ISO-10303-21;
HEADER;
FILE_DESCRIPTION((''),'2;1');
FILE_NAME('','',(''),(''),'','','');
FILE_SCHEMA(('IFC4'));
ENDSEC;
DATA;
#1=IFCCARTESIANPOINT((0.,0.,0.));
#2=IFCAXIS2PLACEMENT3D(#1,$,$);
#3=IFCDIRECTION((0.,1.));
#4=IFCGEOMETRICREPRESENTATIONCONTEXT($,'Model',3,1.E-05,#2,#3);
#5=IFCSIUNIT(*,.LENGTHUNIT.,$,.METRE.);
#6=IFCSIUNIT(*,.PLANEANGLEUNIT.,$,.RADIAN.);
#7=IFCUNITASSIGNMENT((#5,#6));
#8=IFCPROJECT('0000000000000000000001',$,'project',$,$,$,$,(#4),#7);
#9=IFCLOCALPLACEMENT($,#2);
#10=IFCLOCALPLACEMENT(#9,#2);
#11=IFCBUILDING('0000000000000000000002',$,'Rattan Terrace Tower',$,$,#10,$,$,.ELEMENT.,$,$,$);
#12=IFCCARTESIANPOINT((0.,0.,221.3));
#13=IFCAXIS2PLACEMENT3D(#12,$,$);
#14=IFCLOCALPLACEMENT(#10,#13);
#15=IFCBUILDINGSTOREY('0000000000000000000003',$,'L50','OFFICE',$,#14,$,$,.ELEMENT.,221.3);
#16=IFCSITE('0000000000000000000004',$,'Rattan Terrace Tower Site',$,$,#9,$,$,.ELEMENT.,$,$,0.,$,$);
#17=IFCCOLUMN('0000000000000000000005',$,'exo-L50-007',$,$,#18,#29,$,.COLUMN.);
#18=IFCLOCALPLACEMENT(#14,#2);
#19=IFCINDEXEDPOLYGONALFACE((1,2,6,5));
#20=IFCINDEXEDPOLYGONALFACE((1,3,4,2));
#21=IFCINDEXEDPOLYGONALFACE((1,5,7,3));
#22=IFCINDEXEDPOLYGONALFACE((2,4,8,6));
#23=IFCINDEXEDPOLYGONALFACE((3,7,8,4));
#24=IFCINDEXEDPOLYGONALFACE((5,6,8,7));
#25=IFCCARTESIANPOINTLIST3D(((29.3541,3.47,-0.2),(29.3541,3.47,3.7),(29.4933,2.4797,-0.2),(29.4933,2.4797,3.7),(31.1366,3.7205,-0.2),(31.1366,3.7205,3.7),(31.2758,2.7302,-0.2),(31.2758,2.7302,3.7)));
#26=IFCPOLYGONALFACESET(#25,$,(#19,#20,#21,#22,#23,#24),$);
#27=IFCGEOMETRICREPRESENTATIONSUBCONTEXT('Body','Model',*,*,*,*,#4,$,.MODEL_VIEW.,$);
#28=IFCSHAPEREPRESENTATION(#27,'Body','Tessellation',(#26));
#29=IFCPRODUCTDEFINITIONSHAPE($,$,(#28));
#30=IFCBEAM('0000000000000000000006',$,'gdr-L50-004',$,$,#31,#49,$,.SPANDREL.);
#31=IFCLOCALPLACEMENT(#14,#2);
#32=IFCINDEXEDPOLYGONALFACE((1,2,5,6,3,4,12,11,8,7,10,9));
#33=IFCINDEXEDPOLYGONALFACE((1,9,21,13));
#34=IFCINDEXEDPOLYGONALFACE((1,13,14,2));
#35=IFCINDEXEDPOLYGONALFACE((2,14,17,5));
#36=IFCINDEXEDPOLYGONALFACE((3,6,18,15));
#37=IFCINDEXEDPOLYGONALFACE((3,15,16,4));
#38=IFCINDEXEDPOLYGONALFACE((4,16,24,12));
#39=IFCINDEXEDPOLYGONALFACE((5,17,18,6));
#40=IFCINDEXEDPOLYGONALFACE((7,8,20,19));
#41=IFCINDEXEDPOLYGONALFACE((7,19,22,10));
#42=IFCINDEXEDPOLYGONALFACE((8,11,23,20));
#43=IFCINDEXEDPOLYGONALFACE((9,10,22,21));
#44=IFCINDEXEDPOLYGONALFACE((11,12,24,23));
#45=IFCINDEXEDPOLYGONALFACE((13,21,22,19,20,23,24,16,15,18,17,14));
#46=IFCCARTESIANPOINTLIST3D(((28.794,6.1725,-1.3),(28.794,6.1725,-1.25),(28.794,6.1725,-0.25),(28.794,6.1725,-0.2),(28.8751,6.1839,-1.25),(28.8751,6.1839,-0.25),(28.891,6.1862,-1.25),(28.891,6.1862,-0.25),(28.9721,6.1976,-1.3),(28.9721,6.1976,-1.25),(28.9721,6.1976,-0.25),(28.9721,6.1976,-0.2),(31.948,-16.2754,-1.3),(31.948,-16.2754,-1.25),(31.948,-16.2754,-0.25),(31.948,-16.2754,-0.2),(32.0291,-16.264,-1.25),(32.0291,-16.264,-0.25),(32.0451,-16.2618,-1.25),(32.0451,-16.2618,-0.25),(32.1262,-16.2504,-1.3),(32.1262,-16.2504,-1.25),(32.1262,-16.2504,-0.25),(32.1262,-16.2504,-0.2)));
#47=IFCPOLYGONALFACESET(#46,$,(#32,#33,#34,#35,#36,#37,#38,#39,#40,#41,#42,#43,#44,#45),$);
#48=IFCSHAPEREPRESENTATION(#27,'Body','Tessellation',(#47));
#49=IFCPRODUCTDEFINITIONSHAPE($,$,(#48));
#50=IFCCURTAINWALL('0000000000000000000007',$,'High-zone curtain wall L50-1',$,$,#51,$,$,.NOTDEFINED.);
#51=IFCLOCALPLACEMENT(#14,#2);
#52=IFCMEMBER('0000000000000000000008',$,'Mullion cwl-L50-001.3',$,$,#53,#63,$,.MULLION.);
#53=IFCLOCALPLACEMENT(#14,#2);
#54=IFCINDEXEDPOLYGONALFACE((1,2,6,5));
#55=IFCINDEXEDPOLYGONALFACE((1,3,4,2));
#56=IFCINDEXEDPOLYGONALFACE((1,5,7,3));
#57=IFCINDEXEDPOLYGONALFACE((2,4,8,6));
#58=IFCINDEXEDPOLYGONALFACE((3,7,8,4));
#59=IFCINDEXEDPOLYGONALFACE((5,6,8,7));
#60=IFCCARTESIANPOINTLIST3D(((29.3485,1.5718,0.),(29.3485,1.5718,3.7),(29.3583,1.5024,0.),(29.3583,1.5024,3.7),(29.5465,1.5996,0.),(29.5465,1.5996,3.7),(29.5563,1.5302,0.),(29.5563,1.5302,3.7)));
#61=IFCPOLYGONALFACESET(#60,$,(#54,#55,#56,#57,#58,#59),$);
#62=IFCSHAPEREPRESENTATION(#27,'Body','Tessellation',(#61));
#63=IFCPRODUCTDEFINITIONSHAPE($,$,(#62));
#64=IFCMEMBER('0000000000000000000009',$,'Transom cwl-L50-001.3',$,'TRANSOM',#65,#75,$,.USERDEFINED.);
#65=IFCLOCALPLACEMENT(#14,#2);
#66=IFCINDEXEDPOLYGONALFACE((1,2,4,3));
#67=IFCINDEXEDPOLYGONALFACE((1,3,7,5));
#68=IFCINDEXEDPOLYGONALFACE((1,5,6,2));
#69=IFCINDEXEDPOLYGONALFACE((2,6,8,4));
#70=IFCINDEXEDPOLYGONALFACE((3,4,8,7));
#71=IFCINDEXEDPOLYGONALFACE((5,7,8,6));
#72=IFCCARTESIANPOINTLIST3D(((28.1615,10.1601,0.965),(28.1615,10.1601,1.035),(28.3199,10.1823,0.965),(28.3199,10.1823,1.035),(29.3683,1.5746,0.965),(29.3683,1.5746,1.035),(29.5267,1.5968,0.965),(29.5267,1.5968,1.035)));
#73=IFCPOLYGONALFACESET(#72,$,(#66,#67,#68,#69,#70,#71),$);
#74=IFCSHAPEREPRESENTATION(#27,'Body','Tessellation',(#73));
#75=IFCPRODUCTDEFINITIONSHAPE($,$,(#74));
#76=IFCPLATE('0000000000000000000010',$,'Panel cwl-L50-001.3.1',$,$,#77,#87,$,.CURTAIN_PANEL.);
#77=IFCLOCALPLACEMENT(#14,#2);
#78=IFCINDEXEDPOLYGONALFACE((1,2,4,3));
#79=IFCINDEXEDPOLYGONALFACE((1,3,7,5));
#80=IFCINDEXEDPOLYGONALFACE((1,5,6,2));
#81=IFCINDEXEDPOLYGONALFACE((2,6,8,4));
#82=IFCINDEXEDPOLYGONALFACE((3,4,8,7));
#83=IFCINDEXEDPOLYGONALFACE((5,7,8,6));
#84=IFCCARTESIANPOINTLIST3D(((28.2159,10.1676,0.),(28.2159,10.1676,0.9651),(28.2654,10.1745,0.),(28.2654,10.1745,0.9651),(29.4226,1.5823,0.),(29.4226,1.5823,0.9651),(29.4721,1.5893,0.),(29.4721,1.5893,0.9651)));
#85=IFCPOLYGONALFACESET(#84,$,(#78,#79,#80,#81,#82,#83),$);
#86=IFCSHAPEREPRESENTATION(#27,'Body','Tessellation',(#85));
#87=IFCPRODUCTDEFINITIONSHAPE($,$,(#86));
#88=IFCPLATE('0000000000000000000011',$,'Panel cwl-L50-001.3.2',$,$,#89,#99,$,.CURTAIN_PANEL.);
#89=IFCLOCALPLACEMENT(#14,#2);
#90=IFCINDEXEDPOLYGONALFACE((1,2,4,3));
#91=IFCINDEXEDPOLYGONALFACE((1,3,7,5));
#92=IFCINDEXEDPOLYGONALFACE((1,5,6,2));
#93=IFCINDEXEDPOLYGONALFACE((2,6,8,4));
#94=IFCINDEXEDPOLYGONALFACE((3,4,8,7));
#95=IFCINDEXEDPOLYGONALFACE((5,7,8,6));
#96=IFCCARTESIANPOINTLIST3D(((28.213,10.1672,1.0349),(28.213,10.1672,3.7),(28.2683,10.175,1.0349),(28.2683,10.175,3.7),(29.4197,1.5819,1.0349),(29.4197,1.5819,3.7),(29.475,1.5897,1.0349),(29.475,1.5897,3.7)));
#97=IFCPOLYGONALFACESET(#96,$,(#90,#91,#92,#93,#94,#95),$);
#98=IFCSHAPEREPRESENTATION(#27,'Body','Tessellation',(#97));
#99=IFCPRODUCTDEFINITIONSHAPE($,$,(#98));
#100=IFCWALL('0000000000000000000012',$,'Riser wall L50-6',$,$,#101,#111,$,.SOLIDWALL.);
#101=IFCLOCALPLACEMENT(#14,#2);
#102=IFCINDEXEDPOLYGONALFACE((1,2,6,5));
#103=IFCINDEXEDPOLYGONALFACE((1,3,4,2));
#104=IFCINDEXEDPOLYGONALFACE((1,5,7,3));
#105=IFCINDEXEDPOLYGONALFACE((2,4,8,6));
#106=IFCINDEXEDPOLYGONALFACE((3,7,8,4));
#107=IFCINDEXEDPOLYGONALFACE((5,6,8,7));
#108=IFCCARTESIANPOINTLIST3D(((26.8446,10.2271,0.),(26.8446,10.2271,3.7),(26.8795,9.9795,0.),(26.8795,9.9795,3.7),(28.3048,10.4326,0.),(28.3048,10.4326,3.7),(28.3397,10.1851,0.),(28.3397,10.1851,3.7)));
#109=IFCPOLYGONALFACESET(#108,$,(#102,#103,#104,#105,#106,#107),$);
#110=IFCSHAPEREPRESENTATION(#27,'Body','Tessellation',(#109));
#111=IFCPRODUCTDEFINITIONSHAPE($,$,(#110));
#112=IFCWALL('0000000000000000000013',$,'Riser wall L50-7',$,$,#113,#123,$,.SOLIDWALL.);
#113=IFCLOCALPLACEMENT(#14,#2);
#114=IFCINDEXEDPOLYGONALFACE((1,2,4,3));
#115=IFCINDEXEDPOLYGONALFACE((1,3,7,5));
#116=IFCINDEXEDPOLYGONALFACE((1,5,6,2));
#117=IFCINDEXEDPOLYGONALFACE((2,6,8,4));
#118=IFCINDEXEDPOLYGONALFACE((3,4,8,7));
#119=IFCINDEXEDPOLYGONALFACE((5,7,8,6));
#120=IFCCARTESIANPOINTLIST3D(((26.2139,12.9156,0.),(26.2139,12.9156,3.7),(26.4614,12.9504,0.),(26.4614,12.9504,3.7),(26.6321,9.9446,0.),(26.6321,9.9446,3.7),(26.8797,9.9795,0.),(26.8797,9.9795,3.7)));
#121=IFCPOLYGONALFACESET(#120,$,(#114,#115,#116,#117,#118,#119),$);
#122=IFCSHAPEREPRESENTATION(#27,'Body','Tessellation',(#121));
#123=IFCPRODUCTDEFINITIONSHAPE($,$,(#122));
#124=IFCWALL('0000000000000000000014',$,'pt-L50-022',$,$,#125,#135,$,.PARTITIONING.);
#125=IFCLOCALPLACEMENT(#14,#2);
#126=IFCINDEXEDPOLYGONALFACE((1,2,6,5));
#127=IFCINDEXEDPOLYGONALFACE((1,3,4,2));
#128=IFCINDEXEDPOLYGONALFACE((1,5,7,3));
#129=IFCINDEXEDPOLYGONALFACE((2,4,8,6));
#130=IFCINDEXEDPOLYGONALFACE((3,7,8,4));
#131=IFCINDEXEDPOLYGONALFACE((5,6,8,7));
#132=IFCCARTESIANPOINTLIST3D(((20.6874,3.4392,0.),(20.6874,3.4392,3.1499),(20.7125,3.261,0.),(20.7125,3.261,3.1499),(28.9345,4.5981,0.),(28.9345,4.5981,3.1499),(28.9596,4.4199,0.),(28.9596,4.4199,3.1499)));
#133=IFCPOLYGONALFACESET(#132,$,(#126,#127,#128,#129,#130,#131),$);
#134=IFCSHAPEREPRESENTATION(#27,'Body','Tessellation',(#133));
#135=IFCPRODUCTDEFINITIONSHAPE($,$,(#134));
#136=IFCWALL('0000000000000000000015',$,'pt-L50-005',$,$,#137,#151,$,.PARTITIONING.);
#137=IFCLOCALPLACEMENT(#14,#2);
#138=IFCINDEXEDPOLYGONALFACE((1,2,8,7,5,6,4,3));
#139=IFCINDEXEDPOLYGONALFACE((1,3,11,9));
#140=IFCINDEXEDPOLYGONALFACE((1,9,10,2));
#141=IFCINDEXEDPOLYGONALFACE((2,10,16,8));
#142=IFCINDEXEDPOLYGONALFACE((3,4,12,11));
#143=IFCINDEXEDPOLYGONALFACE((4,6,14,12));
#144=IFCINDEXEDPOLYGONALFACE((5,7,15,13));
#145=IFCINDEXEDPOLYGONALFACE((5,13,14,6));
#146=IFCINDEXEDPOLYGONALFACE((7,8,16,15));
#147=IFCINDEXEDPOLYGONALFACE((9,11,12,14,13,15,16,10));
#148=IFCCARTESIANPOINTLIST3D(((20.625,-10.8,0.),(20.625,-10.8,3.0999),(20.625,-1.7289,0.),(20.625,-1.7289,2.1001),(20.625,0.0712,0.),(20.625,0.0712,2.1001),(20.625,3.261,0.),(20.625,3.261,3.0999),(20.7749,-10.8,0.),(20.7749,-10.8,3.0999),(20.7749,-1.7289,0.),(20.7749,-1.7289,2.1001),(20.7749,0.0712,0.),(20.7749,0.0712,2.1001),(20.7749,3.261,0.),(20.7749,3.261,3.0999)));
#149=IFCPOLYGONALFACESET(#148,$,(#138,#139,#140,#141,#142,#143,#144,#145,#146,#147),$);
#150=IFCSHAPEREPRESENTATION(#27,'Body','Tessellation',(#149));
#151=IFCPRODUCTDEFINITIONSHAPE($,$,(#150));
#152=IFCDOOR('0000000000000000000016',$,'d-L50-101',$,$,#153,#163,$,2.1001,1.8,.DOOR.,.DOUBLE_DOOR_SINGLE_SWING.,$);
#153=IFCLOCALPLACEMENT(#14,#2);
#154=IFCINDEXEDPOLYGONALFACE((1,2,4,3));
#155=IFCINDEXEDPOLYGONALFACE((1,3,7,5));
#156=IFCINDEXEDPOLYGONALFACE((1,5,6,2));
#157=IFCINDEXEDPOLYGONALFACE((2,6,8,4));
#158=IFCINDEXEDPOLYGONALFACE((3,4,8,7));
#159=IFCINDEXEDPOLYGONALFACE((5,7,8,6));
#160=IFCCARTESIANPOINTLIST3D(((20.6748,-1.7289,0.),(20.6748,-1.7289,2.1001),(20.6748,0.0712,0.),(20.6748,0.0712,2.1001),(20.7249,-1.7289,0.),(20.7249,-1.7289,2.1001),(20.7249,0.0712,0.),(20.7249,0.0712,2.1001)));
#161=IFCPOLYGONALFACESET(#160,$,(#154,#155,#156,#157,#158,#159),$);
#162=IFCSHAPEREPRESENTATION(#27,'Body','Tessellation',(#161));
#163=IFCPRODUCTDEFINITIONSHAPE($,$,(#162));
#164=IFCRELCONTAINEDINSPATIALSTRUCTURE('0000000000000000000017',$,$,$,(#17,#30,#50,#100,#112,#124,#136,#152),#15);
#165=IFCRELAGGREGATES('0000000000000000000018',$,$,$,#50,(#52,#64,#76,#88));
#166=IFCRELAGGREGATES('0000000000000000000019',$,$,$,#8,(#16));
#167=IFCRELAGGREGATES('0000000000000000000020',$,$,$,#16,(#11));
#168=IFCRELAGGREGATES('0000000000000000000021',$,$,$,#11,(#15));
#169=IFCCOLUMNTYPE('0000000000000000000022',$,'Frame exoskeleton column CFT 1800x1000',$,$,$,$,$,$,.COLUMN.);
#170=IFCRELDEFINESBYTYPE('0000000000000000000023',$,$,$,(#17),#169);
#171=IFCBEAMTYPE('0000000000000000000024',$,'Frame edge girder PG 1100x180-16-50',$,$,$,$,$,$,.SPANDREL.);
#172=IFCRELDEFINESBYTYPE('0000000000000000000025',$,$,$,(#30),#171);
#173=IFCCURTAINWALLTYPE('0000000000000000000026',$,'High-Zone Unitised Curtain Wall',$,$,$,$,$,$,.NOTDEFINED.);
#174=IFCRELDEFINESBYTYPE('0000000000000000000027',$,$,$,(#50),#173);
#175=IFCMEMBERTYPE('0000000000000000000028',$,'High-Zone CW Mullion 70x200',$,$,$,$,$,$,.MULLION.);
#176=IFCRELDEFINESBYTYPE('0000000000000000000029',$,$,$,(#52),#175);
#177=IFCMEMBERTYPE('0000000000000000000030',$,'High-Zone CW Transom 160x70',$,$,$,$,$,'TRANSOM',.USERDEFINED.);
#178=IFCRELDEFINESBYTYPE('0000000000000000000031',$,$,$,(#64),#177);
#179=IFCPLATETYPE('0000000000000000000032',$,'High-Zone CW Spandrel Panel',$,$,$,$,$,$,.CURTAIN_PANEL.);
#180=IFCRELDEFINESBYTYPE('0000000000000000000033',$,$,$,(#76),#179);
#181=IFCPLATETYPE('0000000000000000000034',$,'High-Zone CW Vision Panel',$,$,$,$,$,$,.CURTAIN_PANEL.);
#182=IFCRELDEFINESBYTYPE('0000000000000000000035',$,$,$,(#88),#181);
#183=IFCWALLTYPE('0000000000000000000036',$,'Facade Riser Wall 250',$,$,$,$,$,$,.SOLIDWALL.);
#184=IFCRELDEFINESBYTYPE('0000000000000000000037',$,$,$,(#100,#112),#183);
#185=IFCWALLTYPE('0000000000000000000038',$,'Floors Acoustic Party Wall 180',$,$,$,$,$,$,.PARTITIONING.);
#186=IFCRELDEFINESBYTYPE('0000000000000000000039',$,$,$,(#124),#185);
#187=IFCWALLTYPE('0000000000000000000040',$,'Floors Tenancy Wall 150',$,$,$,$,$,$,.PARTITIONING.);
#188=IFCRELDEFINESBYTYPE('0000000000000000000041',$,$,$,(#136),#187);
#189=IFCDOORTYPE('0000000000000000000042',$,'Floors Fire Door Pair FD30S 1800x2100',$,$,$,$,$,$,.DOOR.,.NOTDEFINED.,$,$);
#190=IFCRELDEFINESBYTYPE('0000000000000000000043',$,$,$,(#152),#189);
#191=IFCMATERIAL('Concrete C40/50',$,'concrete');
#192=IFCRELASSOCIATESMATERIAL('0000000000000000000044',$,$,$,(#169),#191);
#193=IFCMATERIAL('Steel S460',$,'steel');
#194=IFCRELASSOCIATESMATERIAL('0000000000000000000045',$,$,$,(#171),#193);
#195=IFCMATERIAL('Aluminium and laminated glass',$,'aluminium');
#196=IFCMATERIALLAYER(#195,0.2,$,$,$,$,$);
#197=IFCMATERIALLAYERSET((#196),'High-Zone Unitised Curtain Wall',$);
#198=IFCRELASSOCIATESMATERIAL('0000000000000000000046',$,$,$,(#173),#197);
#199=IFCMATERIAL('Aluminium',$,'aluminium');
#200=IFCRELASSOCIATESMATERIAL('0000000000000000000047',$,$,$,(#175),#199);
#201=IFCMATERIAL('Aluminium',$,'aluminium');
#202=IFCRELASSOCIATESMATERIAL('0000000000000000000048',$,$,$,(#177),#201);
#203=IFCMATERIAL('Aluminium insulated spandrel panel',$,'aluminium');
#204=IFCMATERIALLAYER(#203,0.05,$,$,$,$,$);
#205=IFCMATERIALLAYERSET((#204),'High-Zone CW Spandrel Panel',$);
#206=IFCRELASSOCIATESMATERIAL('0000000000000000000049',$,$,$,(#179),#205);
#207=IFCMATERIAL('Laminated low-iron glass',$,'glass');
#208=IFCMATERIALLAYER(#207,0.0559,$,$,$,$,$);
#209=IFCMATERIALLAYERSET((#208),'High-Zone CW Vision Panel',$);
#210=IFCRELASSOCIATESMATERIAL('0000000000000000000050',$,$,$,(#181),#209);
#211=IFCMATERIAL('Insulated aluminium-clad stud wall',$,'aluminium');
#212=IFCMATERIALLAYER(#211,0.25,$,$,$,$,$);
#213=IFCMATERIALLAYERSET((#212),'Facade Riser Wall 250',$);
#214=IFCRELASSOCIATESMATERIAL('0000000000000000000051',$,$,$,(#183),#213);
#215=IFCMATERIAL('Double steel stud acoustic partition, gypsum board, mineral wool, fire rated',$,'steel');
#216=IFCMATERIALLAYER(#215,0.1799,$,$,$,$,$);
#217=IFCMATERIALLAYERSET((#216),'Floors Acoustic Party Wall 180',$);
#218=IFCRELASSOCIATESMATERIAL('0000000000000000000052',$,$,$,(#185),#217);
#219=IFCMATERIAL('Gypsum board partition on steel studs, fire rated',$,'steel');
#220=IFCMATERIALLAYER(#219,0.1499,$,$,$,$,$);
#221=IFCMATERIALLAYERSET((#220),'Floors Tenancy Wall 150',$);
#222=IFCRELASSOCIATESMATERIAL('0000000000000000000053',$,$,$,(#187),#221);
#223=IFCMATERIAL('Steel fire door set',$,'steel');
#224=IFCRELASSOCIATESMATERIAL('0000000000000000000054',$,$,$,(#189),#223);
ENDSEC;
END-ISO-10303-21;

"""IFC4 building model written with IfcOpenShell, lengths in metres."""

from ifc_helpers import new_model, si_unit, direction, frame, frame_2d, origin, origin_2d, place, context, subcontext, project, spatial, rectangle, i_section, extrude, material, layer, layer_set, material_profile, profile_set, type_object, element, fill, aggregate, save


model = new_model("IFC4")

# Units and contexts
model_context = context("Model", 3, precision=1e-05, world=origin(), true_north=direction((0.0, 1.0)))
body_context = subcontext(model_context, "Body", "Model", "MODEL_VIEW")
ifc_project = project(units=[si_unit("LENGTHUNIT", "METRE"), si_unit("PLANEANGLEUNIT", "RADIAN")], contexts=[model_context])

# Site, building, storey
site_placement = place(None, origin())
site = spatial("IfcSite", under=ifc_project, at=site_placement, Name="Rattan Terrace Tower Site", CompositionType="ELEMENT", RefElevation=0.0)
building_placement = place(site_placement, origin())
building = spatial("IfcBuilding", under=site, at=building_placement, Name="Rattan Terrace Tower", CompositionType="ELEMENT")
storey_placement = place(building_placement, frame((0.0, 0.0, 221.3)))
storey = spatial("IfcBuildingStorey", under=building, at=storey_placement, Name="L50", Description="OFFICE", CompositionType="ELEMENT", Elevation=221.3)

# Column
ifc_material_1 = material(Name="Concrete C40/50", Category="concrete")
ifc_material_profile_1 = material_profile(ifc_material_1, rectangle(XDim=1.0, YDim=1.8, at=origin_2d()), Name="CFT 1800x1000")
ifc_profile_set_1 = profile_set([ifc_material_profile_1], Name="Concrete C40/50")
column_type = type_object("IfcColumnType", Name="Frame exoskeleton column CFT 1800x1000", PredefinedType="COLUMN", material=ifc_profile_set_1)
column_placement = place(storey_placement, frame((30.3149, 3.1001, -0.2), z_axis=(0.0, 0.0, 1.0), x_axis=(-0.13919, 0.990266, 0.0)))
element("IfcColumn", 1, at=column_placement, inside=storey, type_object=column_type, Name="exo-L50-007", PredefinedType="COLUMN", context=body_context, shape_type="SweptSolid", body=[
    extrude(rectangle(XDim=1.0, YDim=1.8, at=origin_2d()), origin(), (0.0, 0.0, 1.0), 3.8999),
])

# Beam
ifc_material_2 = material(Name="Steel S460", Category="steel")
ifc_material_profile_2 = material_profile(ifc_material_2, i_section(OverallWidth=0.1799, OverallDepth=1.1001, WebThickness=0.0161, FlangeThickness=0.05, at=origin_2d()), Name="PG 1100x180-16-50")
ifc_profile_set_2 = profile_set([ifc_material_profile_2], Name="Steel S460")
beam_type = type_object("IfcBeamType", Name="Frame edge girder PG 1100x180-16-50", PredefinedType="SPANDREL", material=ifc_profile_set_2)
beam_placement = place(storey_placement, frame((28.8831, 6.1851, -0.75), z_axis=(0.139138, -0.990273, 0.0), x_axis=(0.990273, 0.139138, 0.0)))
element("IfcBeam", 2, at=beam_placement, inside=storey, type_object=beam_type, Name="gdr-L50-004", PredefinedType="SPANDREL", context=body_context, shape_type="SweptSolid", body=[
    extrude(i_section(OverallWidth=0.1799, OverallDepth=1.1001, WebThickness=0.0161, FlangeThickness=0.05, at=origin_2d()), origin(), (0.0, 0.0, 1.0), 22.6685),
])

# Curtain wall, members, plates
ifc_material_3 = material(Name="Aluminium and laminated glass", Category="aluminium")
ifc_layer_1 = layer(ifc_material_3, 0.2)
ifc_layer_set_1 = layer_set([ifc_layer_1], Name="High-Zone Unitised Curtain Wall")
curtain_wall_type = type_object("IfcCurtainWallType", Name="High-Zone Unitised Curtain Wall", PredefinedType="NOTDEFINED", material=ifc_layer_set_1)
curtain_wall_placement = place(storey_placement, origin())
curtain_wall = element("IfcCurtainWall", 3, at=curtain_wall_placement, inside=storey, type_object=curtain_wall_type, Name="High-zone curtain wall L50-1", PredefinedType="NOTDEFINED")
ifc_material_4 = material(Name="Aluminium", Category="aluminium")
ifc_material_profile_3 = material_profile(ifc_material_4, rectangle(XDim=0.0701, YDim=0.2, at=origin_2d()), Name="Aluminium 70x200")
ifc_profile_set_3 = profile_set([ifc_material_profile_3], Name="Aluminium")
member_type_1 = type_object("IfcMemberType", Name="High-Zone CW Mullion 70x200", PredefinedType="MULLION", material=ifc_profile_set_3)
member_1_placement = place(storey_placement, frame((29.4524, 1.551, 0.0), z_axis=(0.0, 0.0, 1.0), x_axis=(-0.139186, 0.990266, 0.0)))
member_1 = element("IfcMember", 4, at=member_1_placement, type_object=member_type_1, Name="Mullion cwl-L50-001.3", PredefinedType="MULLION", context=body_context, shape_type="SweptSolid", body=[
    extrude(rectangle(XDim=0.0701, YDim=0.2, at=origin_2d()), origin(), (0.0, 0.0, 1.0), 3.7),
])
ifc_material_5 = material(Name="Aluminium", Category="aluminium")
ifc_material_profile_4 = material_profile(ifc_material_5, rectangle(XDim=0.1599, YDim=0.0701, at=origin_2d()), Name="Aluminium 160x70")
ifc_profile_set_4 = profile_set([ifc_material_profile_4], Name="Aluminium")
member_type_2 = type_object("IfcMemberType", Name="High-Zone CW Transom 160x70", ElementType="TRANSOM", PredefinedType="USERDEFINED", material=ifc_profile_set_4)
member_2_placement = place(storey_placement, frame((29.4475, 1.5857, 1.0), z_axis=(-0.139194, 0.990265, 0.0), x_axis=(-0.990265, -0.139194, 0.0)))
member_2 = element("IfcMember", 5, at=member_2_placement, type_object=member_type_2, Name="Transom cwl-L50-001.3", ObjectType="TRANSOM", PredefinedType="USERDEFINED", context=body_context, shape_type="SweptSolid", body=[
    extrude(rectangle(XDim=0.1599, YDim=0.0701, at=origin_2d()), origin(), (0.0, 0.0, 1.0), 8.6699),
])
ifc_material_6 = material(Name="Aluminium insulated spandrel panel", Category="aluminium")
ifc_layer_2 = layer(ifc_material_6, 0.05)
ifc_layer_set_2 = layer_set([ifc_layer_2], Name="High-Zone CW Spandrel Panel")
plate_type_1 = type_object("IfcPlateType", Name="High-Zone CW Spandrel Panel", PredefinedType="CURTAIN_PANEL", material=ifc_layer_set_2)
plate_1_placement = place(storey_placement, frame((28.844, 5.8784, 0.0), z_axis=(0.0, 0.0, 1.0), x_axis=(-0.139186, 0.990266, 0.0)))
plate_1 = element("IfcPlate", 6, at=plate_1_placement, type_object=plate_type_1, Name="Panel cwl-L50-001.3.1", PredefinedType="CURTAIN_PANEL", context=body_context, shape_type="SweptSolid", body=[
    extrude(rectangle(XDim=8.6697, YDim=0.05, at=origin_2d()), origin(), (0.0, 0.0, 1.0), 0.9651),
])
ifc_material_7 = material(Name="Laminated low-iron glass", Category="glass")
ifc_layer_3 = layer(ifc_material_7, 0.0559)
ifc_layer_set_3 = layer_set([ifc_layer_3], Name="High-Zone CW Vision Panel")
plate_type_2 = type_object("IfcPlateType", Name="High-Zone CW Vision Panel", PredefinedType="CURTAIN_PANEL", material=ifc_layer_set_3)
plate_2_placement = place(storey_placement, frame((28.844, 5.8784, 1.0349), z_axis=(0.0, 0.0, 1.0), x_axis=(-0.139186, 0.990266, 0.0)))
plate_2 = element("IfcPlate", 7, at=plate_2_placement, type_object=plate_type_2, Name="Panel cwl-L50-001.3.2", PredefinedType="CURTAIN_PANEL", context=body_context, shape_type="SweptSolid", body=[
    extrude(rectangle(XDim=8.6697, YDim=0.0559, at=origin_2d()), origin(), (0.0, 0.0, 1.0), 2.665),
])
aggregate(curtain_wall, [member_1, member_2, plate_1, plate_2])

# Walls
ifc_material_8 = material(Name="Insulated aluminium-clad stud wall", Category="aluminium")
ifc_layer_4 = layer(ifc_material_8, 0.25)
ifc_layer_set_4 = layer_set([ifc_layer_4], Name="Facade Riser Wall 250")
wall_type_1 = type_object("IfcWallType", Name="Facade Riser Wall 250", PredefinedType="SOLIDWALL", material=ifc_layer_set_4)
wall_1_placement = place(storey_placement, frame((28.3223, 10.3088, 0.0), z_axis=(0.0, 0.0, 1.0), x_axis=(-0.990236, -0.139404, 0.0)))
element("IfcWall", 8, at=wall_1_placement, inside=storey, type_object=wall_type_1, Name="Riser wall L50-6", PredefinedType="SOLIDWALL", context=body_context, shape_type="SweptSolid", body=[
    extrude(rectangle(XDim=1.4746, YDim=0.25, at=frame_2d((0.7373, 0.0))), origin(), (0.0, 0.0, 1.0), 3.7),
])
wall_2_placement = place(storey_placement, frame((26.7559, 9.9622, 0.0), z_axis=(0.0, 0.0, 1.0), x_axis=(-0.139393, 0.990237, 0.0)))
element("IfcWall", 9, at=wall_2_placement, inside=storey, type_object=wall_type_1, Name="Riser wall L50-7", PredefinedType="SOLIDWALL", context=body_context, shape_type="SweptSolid", body=[
    extrude(rectangle(XDim=3.0002, YDim=0.25, at=frame_2d((1.5, 0.0))), origin(), (0.0, 0.0, 1.0), 3.7),
])
ifc_material_9 = material(Name="Double steel stud acoustic partition, gypsum board, mineral wool, fire rated", Category="steel")
ifc_layer_5 = layer(ifc_material_9, 0.1799)
ifc_layer_set_5 = layer_set([ifc_layer_5], Name="Floors Acoustic Party Wall 180")
wall_type_2 = type_object("IfcWallType", Name="Floors Acoustic Party Wall 180", PredefinedType="PARTITIONING", material=ifc_layer_set_5)
wall_3_placement = place(storey_placement, frame((20.7, 3.3501, 0.0), z_axis=(0.0, 0.0, 1.0), x_axis=(0.99027, 0.13916, 0.0)))
element("IfcWall", 10, at=wall_3_placement, inside=storey, type_object=wall_type_2, Name="pt-L50-022", PredefinedType="PARTITIONING", context=body_context, shape_type="SweptSolid", body=[
    extrude(rectangle(XDim=8.3281, YDim=0.1799, at=frame_2d((4.1641, 0.0))), origin(), (0.0, 0.0, 1.0), 3.1499),
])

# Wall, opening, door
ifc_material_10 = material(Name="Gypsum board partition on steel studs, fire rated", Category="steel")
ifc_layer_6 = layer(ifc_material_10, 0.1499)
ifc_layer_set_6 = layer_set([ifc_layer_6], Name="Floors Tenancy Wall 150")
wall_type_3 = type_object("IfcWallType", Name="Floors Tenancy Wall 150", PredefinedType="PARTITIONING", material=ifc_layer_set_6)
wall_4_placement = place(storey_placement, frame((20.7, 3.261, 0.0), z_axis=(0.0, 0.0, 1.0), x_axis=(0.0, -1.0, 0.0)))
wall_4 = element("IfcWall", 11, at=wall_4_placement, inside=storey, type_object=wall_type_3, Name="pt-L50-005", PredefinedType="PARTITIONING", context=body_context, shape_type="SweptSolid", body=[
    extrude(rectangle(XDim=14.061, YDim=0.1499, at=frame_2d((7.0305, 0.0))), origin(), (0.0, 0.0, 1.0), 3.0999),
])
opening_1_placement = place(wall_4_placement, frame((3.1899, 0.0, 0.0)))
opening_1 = element("IfcOpeningElement", 12, at=opening_1_placement, cuts=wall_4, PredefinedType="OPENING", context=body_context, shape_type="SweptSolid", body=[
    extrude(rectangle(XDim=1.8, YDim=2.1001, at=frame_2d((0.8999, 1.05))), frame((0.0, 0.0854, 0.0), z_axis=(0.0, -1.0, 0.0), x_axis=(1.0, 0.0, 0.0)), (0.0, 0.0, 1.0), 0.1709),
])
ifc_material_11 = material(Name="Steel fire door set", Category="steel")
door_type = type_object("IfcDoorType", Name="Floors Fire Door Pair FD30S 1800x2100", OperationType="NOTDEFINED", PredefinedType="DOOR", material=ifc_material_11)
door_1_placement = place(opening_1_placement, origin())
door_1 = element("IfcDoor", 13, at=door_1_placement, inside=storey, type_object=door_type, Name="d-L50-101", OperationType="DOUBLE_DOOR_SINGLE_SWING", OverallHeight=2.1001, OverallWidth=1.8, PredefinedType="DOOR", context=body_context, shape_type="SweptSolid", body=[
    extrude(rectangle(XDim=1.8, YDim=2.1001, at=frame_2d((0.8999, 1.05))), frame((0.0, 0.0249, 0.0), z_axis=(0.0, -1.0, 0.0), x_axis=(1.0, 0.0, 0.0)), (0.0, 0.0, 1.0), 0.05),
])
fill(opening_1, door_1)

save(model, "model.ifc")
